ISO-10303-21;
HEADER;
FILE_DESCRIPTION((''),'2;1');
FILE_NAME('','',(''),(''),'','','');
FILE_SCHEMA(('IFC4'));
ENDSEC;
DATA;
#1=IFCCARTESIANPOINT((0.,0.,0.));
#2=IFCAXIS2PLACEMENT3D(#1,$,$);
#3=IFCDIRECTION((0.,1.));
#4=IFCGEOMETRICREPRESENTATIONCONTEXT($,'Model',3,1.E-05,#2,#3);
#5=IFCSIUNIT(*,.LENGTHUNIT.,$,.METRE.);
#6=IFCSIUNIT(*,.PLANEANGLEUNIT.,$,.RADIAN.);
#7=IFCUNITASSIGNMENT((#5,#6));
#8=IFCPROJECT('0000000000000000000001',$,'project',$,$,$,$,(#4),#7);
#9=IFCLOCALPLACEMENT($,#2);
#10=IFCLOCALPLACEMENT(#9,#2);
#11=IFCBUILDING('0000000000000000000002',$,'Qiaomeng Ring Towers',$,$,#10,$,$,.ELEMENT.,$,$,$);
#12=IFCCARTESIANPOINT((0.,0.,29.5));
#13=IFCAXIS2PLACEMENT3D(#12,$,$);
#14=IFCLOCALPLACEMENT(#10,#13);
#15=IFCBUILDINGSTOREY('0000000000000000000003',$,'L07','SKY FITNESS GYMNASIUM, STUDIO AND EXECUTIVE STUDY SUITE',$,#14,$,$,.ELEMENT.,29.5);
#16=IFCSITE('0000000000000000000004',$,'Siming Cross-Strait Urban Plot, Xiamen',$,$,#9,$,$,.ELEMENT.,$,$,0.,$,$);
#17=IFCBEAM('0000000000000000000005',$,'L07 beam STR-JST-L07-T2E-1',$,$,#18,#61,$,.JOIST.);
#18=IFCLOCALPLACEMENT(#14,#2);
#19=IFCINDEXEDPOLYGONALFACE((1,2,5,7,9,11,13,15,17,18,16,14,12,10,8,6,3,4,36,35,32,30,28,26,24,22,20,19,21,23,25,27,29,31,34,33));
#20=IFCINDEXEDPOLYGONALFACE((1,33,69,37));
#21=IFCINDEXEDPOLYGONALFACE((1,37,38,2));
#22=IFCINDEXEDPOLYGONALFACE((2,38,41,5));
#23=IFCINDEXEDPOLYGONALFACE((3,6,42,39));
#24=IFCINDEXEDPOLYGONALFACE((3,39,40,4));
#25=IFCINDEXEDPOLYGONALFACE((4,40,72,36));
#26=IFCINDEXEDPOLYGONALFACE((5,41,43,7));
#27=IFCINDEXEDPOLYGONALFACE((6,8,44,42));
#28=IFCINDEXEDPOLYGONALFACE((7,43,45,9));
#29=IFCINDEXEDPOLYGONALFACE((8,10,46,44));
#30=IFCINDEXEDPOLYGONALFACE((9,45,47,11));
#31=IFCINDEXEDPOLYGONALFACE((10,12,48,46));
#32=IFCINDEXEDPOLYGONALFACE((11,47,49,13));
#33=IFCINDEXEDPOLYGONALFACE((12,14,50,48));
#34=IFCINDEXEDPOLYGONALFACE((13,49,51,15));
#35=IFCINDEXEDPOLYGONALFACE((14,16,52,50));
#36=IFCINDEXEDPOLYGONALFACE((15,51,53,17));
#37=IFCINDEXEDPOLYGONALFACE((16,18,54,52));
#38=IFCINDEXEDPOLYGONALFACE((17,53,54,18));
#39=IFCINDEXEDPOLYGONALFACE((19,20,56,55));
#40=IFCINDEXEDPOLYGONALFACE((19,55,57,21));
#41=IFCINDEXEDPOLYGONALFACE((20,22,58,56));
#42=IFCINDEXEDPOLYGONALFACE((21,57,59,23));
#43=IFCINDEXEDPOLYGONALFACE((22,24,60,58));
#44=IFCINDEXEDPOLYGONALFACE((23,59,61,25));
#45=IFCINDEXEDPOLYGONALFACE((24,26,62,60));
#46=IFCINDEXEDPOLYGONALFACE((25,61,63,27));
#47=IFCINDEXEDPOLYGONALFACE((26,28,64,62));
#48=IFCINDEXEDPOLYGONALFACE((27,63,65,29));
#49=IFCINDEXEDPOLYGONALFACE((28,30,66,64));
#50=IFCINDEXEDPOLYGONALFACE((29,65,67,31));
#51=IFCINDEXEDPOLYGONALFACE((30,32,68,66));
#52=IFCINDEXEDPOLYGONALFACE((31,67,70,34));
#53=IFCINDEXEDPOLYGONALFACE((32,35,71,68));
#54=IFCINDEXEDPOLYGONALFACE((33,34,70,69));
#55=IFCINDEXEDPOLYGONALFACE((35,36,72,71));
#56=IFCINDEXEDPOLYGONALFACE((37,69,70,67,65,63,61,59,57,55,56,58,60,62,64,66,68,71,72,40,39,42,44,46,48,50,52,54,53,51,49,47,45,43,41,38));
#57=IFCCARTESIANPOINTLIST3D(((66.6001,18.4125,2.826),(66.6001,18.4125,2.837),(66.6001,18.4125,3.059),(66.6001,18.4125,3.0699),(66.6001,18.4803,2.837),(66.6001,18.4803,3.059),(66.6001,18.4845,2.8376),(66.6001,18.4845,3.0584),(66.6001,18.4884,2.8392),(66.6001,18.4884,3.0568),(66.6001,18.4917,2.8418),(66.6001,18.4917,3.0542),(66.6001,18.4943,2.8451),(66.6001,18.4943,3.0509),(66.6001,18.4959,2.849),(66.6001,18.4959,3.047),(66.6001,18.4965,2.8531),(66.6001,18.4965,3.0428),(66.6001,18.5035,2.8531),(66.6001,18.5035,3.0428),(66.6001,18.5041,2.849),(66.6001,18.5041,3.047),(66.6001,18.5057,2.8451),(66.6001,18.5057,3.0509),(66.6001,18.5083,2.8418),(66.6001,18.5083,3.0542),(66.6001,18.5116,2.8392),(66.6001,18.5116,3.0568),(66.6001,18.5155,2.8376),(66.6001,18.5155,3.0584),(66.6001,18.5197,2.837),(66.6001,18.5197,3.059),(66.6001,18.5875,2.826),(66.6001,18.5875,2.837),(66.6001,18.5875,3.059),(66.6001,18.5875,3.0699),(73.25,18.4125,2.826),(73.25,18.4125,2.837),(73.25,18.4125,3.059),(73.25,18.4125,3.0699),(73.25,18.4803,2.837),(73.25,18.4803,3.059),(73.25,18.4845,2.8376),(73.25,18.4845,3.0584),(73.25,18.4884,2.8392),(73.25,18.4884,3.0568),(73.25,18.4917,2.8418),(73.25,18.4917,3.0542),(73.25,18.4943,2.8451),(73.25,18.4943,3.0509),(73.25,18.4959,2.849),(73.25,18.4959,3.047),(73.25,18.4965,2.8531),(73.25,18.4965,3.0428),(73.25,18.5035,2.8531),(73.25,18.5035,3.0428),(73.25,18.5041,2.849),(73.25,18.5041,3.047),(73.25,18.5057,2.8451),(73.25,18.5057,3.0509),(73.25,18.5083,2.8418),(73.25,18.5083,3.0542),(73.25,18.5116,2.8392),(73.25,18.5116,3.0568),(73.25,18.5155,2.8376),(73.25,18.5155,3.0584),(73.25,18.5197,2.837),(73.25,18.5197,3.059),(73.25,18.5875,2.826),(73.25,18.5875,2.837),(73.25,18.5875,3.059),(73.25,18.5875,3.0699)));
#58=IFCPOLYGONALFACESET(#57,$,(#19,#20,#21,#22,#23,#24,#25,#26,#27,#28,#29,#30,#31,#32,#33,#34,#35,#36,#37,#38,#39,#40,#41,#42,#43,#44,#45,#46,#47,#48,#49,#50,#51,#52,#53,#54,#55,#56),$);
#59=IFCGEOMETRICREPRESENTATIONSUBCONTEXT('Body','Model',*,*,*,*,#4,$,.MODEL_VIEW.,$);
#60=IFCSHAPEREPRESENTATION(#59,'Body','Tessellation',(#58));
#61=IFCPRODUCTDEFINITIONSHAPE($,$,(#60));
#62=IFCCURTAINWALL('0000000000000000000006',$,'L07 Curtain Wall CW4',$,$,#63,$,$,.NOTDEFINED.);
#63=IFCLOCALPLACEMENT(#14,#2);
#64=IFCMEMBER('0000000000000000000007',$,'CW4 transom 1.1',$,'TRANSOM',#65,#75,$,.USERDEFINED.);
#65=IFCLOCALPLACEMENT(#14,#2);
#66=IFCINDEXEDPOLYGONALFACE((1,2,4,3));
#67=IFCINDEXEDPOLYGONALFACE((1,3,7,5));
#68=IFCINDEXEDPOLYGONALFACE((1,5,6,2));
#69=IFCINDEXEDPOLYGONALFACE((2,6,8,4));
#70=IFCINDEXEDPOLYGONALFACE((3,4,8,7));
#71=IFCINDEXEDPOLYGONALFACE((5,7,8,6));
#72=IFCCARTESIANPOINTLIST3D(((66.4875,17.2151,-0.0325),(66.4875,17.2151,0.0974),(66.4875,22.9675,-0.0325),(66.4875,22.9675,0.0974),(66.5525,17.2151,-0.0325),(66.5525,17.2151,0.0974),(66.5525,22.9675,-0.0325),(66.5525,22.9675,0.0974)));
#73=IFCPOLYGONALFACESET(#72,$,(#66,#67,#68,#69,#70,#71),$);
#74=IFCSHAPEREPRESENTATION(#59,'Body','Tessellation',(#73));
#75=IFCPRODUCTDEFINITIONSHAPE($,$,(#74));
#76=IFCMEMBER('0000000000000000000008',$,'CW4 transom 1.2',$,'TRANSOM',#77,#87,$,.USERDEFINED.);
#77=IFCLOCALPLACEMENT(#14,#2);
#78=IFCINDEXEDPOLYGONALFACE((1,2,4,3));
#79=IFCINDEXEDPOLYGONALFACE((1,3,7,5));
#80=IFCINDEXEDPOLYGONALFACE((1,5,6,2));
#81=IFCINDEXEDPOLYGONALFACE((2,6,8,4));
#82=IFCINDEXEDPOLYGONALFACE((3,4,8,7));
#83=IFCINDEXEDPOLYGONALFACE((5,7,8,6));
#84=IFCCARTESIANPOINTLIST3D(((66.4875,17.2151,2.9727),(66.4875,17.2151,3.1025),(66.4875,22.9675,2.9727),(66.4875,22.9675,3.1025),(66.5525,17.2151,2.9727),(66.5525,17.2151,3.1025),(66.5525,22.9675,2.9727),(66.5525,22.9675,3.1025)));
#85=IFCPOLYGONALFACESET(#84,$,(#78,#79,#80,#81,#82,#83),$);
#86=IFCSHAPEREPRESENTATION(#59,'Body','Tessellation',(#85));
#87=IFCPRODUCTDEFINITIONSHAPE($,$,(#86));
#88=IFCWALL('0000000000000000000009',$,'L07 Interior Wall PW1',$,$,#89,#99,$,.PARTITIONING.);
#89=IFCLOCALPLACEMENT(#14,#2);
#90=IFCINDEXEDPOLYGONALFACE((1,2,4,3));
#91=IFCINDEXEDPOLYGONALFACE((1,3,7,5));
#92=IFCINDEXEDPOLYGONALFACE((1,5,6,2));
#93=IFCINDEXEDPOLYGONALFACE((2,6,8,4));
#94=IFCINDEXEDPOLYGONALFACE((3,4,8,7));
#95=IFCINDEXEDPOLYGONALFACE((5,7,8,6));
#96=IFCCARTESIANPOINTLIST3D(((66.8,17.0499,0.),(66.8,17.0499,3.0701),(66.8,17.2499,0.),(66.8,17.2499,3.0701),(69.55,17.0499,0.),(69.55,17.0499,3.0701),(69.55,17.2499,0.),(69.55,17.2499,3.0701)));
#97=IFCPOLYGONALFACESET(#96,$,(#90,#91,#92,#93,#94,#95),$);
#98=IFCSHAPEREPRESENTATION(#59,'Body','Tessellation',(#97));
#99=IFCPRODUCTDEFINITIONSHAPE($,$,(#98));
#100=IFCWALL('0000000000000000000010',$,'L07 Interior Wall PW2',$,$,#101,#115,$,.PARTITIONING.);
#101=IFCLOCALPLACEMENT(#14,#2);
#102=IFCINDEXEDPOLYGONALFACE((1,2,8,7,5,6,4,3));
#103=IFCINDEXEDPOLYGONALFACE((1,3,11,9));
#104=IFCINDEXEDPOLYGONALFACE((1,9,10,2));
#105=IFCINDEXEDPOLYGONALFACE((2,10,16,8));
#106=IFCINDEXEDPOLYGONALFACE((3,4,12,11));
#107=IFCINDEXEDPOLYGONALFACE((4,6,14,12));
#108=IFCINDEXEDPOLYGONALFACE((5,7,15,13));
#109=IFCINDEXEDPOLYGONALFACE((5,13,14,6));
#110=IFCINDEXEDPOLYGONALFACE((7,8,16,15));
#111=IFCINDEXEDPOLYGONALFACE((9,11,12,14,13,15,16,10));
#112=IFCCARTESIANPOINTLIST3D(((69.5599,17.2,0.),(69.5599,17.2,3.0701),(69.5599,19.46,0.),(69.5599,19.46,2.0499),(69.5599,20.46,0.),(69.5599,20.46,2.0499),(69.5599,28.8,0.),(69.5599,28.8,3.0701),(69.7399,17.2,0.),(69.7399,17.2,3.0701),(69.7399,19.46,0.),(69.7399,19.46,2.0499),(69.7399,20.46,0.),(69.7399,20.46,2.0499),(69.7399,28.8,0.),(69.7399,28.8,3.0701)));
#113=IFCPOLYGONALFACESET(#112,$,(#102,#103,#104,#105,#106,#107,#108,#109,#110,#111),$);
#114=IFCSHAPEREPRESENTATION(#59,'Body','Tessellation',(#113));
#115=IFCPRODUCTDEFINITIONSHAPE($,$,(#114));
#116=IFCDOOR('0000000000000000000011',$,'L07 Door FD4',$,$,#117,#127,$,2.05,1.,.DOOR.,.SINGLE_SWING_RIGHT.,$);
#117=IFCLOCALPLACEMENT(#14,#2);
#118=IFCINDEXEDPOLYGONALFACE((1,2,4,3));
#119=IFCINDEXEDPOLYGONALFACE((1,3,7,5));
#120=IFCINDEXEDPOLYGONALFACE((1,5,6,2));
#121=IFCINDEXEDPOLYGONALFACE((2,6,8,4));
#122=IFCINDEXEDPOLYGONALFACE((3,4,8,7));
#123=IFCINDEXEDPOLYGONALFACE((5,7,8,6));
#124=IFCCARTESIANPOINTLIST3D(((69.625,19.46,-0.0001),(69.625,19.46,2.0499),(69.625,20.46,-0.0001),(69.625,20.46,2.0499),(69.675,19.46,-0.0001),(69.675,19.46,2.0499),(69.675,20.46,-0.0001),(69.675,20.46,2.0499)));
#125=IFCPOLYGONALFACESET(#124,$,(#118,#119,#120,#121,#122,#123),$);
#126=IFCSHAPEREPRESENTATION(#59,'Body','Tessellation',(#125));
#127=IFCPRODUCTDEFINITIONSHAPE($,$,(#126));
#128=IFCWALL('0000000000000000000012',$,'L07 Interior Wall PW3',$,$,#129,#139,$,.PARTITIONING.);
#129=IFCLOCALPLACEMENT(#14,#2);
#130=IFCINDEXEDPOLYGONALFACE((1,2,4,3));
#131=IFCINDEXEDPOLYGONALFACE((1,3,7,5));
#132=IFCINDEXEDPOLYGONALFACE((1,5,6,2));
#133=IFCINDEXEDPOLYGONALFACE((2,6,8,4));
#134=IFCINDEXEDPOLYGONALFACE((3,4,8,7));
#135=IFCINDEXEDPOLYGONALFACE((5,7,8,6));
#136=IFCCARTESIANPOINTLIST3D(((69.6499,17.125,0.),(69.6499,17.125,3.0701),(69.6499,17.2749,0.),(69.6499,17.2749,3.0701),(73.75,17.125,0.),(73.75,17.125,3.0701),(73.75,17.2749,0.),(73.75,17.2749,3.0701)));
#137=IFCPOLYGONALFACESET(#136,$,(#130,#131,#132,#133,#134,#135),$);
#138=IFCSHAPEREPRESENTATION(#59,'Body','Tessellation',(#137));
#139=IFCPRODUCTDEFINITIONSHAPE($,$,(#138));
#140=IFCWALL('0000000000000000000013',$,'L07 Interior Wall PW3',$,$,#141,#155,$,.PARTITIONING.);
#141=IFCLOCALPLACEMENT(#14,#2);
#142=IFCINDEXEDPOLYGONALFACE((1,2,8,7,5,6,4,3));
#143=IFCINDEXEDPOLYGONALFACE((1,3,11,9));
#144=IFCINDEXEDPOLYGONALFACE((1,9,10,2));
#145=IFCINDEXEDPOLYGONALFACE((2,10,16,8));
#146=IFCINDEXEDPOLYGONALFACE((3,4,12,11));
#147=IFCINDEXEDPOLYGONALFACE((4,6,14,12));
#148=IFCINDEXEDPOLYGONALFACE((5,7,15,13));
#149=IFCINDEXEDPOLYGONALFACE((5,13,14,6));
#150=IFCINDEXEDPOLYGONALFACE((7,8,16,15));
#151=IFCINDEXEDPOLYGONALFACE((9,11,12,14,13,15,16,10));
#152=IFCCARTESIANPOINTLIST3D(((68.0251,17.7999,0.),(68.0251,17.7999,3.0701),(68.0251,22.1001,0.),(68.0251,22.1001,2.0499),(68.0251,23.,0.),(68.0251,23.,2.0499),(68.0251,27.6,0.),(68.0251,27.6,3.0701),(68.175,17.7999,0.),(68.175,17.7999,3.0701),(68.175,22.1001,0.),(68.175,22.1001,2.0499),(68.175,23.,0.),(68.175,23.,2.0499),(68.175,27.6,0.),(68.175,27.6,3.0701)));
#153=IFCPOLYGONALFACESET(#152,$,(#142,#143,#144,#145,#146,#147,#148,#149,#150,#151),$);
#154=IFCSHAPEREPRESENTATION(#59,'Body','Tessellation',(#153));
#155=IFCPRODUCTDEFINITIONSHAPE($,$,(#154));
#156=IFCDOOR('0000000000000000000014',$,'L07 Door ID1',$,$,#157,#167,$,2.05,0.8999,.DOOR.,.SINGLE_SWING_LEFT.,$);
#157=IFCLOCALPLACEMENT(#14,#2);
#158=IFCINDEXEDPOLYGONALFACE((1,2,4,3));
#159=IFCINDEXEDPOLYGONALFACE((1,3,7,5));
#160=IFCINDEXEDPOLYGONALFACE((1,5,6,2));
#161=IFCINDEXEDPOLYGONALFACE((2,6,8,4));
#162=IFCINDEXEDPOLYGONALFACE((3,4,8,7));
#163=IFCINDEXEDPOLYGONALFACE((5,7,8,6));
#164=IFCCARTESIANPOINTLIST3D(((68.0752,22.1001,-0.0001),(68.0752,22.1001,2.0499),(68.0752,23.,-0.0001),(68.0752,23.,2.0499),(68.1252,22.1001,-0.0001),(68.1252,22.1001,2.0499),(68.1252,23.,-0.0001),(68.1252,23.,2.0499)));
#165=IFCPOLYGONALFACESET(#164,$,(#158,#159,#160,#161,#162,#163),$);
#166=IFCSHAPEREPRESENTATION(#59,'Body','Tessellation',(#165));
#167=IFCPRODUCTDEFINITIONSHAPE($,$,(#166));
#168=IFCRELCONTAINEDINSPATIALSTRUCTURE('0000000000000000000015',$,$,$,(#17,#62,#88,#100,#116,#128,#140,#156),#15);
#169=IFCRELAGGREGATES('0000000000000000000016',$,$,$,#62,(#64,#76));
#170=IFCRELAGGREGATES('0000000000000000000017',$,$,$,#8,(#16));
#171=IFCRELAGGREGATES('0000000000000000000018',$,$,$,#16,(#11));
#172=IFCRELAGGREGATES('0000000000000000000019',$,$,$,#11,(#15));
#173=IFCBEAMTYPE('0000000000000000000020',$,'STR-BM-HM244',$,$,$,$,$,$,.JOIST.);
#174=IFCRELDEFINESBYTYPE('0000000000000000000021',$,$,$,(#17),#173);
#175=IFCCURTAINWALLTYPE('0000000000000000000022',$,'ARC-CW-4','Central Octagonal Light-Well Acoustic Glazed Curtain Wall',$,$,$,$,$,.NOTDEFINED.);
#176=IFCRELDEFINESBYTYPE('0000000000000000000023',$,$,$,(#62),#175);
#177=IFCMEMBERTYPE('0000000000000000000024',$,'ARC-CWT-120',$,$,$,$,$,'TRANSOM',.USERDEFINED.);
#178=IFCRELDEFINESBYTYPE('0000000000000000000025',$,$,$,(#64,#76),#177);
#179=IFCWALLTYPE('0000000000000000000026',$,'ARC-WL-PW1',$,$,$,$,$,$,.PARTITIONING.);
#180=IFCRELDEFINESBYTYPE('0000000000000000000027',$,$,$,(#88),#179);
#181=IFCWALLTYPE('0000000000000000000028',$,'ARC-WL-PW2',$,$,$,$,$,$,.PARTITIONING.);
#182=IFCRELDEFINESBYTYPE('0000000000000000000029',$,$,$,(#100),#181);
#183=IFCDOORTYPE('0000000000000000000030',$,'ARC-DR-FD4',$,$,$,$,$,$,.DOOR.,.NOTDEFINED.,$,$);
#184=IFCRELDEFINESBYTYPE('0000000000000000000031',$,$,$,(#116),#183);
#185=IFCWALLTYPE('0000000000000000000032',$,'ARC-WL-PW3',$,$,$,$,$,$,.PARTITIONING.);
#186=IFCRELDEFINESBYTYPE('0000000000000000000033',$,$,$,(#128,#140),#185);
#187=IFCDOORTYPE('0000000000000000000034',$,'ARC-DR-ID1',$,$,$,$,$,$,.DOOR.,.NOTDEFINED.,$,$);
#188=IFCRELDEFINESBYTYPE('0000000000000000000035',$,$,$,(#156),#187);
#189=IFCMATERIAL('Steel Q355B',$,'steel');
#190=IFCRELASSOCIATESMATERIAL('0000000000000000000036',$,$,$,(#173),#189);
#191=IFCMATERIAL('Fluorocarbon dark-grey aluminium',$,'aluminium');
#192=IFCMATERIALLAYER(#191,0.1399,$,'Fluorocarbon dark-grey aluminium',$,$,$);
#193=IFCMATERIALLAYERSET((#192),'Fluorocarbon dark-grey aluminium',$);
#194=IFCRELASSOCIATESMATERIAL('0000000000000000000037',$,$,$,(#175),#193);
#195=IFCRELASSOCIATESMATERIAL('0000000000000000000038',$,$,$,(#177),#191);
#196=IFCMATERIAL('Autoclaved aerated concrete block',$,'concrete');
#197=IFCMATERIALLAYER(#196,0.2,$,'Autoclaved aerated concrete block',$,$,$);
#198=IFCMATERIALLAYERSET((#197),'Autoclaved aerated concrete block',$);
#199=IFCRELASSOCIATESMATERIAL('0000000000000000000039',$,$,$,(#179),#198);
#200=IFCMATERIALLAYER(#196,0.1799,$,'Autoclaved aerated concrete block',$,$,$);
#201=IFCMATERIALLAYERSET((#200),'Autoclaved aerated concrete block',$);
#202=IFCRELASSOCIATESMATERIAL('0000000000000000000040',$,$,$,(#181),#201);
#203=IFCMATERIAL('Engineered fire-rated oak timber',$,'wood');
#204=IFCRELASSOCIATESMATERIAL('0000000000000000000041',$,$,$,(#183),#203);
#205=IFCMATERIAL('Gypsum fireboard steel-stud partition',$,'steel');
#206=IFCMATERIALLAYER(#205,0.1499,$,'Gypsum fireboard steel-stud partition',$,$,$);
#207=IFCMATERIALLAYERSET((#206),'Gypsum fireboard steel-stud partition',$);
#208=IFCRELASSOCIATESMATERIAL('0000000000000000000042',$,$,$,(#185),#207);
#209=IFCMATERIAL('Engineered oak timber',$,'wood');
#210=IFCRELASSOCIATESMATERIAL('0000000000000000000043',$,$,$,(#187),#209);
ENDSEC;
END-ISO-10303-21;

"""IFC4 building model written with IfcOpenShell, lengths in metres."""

from ifc_helpers import new_model, si_unit, direction, frame, frame_2d, origin, origin_2d, place, context, subcontext, project, spatial, rectangle, i_section, extrude, source, transform, mapped, material, layer, layer_set, material_profile, profile_set, type_object, element, fill, aggregate, save


model = new_model("IFC4")

# Units and contexts
model_context = context("Model", 3, precision=1e-05, world=origin(), true_north=direction((0.0, 1.0)))
body_context = subcontext(model_context, "Body", "Model", "MODEL_VIEW")
ifc_project = project(units=[si_unit("LENGTHUNIT", "METRE"), si_unit("PLANEANGLEUNIT", "RADIAN")], contexts=[model_context])

# Site, building, storey
site_placement = place(None, origin())
site = spatial("IfcSite", under=ifc_project, at=site_placement, Name="Siming Cross-Strait Urban Plot, Xiamen", CompositionType="ELEMENT", RefElevation=0.0)
building_placement = place(site_placement, origin())
building = spatial("IfcBuilding", under=site, at=building_placement, Name="Qiaomeng Ring Towers", CompositionType="ELEMENT")
storey_placement = place(building_placement, frame((0.0, 0.0, 29.5)))
storey = spatial("IfcBuildingStorey", under=building, at=storey_placement, Name="L07", Description="SKY FITNESS GYMNASIUM, STUDIO AND EXECUTIVE STUDY SUITE", CompositionType="ELEMENT", Elevation=29.5)

# Beam
ifc_material_1 = material(Name="Steel Q355B", Category="steel")
ifc_material_profile_1 = material_profile(ifc_material_1, i_section(OverallWidth=0.175, OverallDepth=0.2439, WebThickness=0.0071, FlangeThickness=0.011, FilletRadius=0.0161, at=origin_2d()), Name="HM 244x175x7x11")
ifc_profile_set_1 = profile_set([ifc_material_profile_1], Name="Steel Q355B")
beam_type_1 = type_object("IfcBeamType", Name="STR-BM-HM244", PredefinedType="JOIST", material=ifc_profile_set_1)
shared_shape_1 = source(origin(), body_context, "Body", "SweptSolid", [
    extrude(i_section(OverallWidth=0.175, OverallDepth=0.2439, WebThickness=0.0071, FlangeThickness=0.011, FilletRadius=0.0161, at=origin_2d()), origin(), (0.0, 0.0, 1.0), 6.6499),
])
beam_1_placement = place(storey_placement, frame((66.6001, 18.5, 2.948), z_axis=(1.0, 0.0, 0.0), x_axis=(0.0, 1.0, 0.0)))
element("IfcBeam", 1, at=beam_1_placement, inside=storey, type_object=beam_type_1, Name="L07 beam STR-JST-L07-T2E-1", PredefinedType="JOIST", context=body_context, shape_type="MappedRepresentation", body=[
    mapped(shared_shape_1, transform((0.0, 0.0, 0.0), x_axis=(1.0, 0.0, 0.0), y_axis=(0.0, 1.0, 0.0), z_axis=(0.0, 0.0, 1.0), scale=1.0)),
])

# Curtain wall, members
ifc_material_2 = material(Name="Fluorocarbon dark-grey aluminium", Category="aluminium")
ifc_layer_1 = layer(ifc_material_2, 0.1399, Name="Fluorocarbon dark-grey aluminium")
ifc_layer_set_1 = layer_set([ifc_layer_1], Name="Fluorocarbon dark-grey aluminium")
curtain_wall_type = type_object("IfcCurtainWallType", Name="ARC-CW-4", Description="Central Octagonal Light-Well Acoustic Glazed Curtain Wall", PredefinedType="NOTDEFINED", material=ifc_layer_set_1)
curtain_wall_placement = place(storey_placement, origin())
curtain_wall = element("IfcCurtainWall", 2, at=curtain_wall_placement, inside=storey, type_object=curtain_wall_type, Name="L07 Curtain Wall CW4", PredefinedType="NOTDEFINED")
ifc_material_profile_2 = material_profile(ifc_material_2, rectangle(XDim=0.0649, YDim=0.1299, at=origin_2d()), Name="ALU TRAN 65x130")
ifc_profile_set_2 = profile_set([ifc_material_profile_2], Name="Fluorocarbon dark-grey aluminium")
member_type = type_object("IfcMemberType", Name="ARC-CWT-120", ElementType="TRANSOM", PredefinedType="USERDEFINED", material=ifc_profile_set_2)
shared_shape_2 = source(origin(), body_context, "Body", "SweptSolid", [
    extrude(rectangle(XDim=0.0649, YDim=0.1299, at=origin_2d()), origin(), (0.0, 0.0, 1.0), 5.7524),
])
member_1_placement = place(storey_placement, frame((66.52, 17.2151, 0.0325), z_axis=(0.0, 1.0, 0.0), x_axis=(-1.0, 0.0, 0.0)))
member_1 = element("IfcMember", 3, at=member_1_placement, type_object=member_type, Name="CW4 transom 1.1", ObjectType="TRANSOM", PredefinedType="USERDEFINED", context=body_context, shape_type="MappedRepresentation", body=[
    mapped(shared_shape_2, transform((0.0, 0.0, 0.0), x_axis=(1.0, 0.0, 0.0), y_axis=(0.0, 1.0, 0.0), z_axis=(0.0, 0.0, 1.0), scale=1.0)),
])
member_2_placement = place(storey_placement, frame((66.52, 17.2151, 3.0376), z_axis=(0.0, 1.0, 0.0), x_axis=(-1.0, 0.0, 0.0)))
member_2 = element("IfcMember", 4, at=member_2_placement, type_object=member_type, Name="CW4 transom 1.2", ObjectType="TRANSOM", PredefinedType="USERDEFINED", context=body_context, shape_type="MappedRepresentation", body=[
    mapped(shared_shape_2, transform((0.0, 0.0, 0.0), x_axis=(1.0, 0.0, 0.0), y_axis=(0.0, 1.0, 0.0), z_axis=(0.0, 0.0, 1.0), scale=1.0)),
])
aggregate(curtain_wall, [member_1, member_2])

# Wall
ifc_material_3 = material(Name="Autoclaved aerated concrete block", Category="concrete")
ifc_layer_2 = layer(ifc_material_3, 0.2, Name="Autoclaved aerated concrete block")
ifc_layer_set_2 = layer_set([ifc_layer_2], Name="Autoclaved aerated concrete block")
wall_type_1 = type_object("IfcWallType", Name="ARC-WL-PW1", PredefinedType="PARTITIONING", material=ifc_layer_set_2)
wall_1_placement = place(storey_placement, frame((66.8, 17.1499, 0.0), z_axis=(0.0, 0.0, 1.0), x_axis=(1.0, 0.0, 0.0)))
element("IfcWall", 5, at=wall_1_placement, inside=storey, type_object=wall_type_1, Name="L07 Interior Wall PW1", PredefinedType="PARTITIONING", context=body_context, shape_type="SweptSolid", body=[
    extrude(rectangle(XDim=2.75, YDim=0.2, at=frame_2d((1.375, 0.0))), origin(), (0.0, 0.0, 1.0), 3.0701),
])

# Wall, opening, door
ifc_layer_3 = layer(ifc_material_3, 0.1799, Name="Autoclaved aerated concrete block")
ifc_layer_set_3 = layer_set([ifc_layer_3], Name="Autoclaved aerated concrete block")
wall_type_2 = type_object("IfcWallType", Name="ARC-WL-PW2", PredefinedType="PARTITIONING", material=ifc_layer_set_3)
wall_2_placement = place(storey_placement, frame((69.6499, 17.2, 0.0), z_axis=(0.0, 0.0, 1.0), x_axis=(0.0, 1.0, 0.0)))
wall_2 = element("IfcWall", 6, at=wall_2_placement, inside=storey, type_object=wall_type_2, Name="L07 Interior Wall PW2", PredefinedType="PARTITIONING", context=body_context, shape_type="SweptSolid", body=[
    extrude(rectangle(XDim=11.6001, YDim=0.1799, at=frame_2d((5.8, 0.0))), origin(), (0.0, 0.0, 1.0), 3.0701),
])
opening_1_placement = place(wall_2_placement, frame((2.26, 0.0, 0.0)))
opening_1 = element("IfcOpeningElement", 7, at=opening_1_placement, cuts=wall_2, PredefinedType="OPENING", context=body_context, shape_type="SweptSolid", body=[
    extrude(rectangle(XDim=1.0, YDim=2.05, at=frame_2d((0.5, 1.0249))), frame((0.0, 0.0999, 0.0), z_axis=(0.0, -1.0, 0.0), x_axis=(1.0, 0.0, 0.0)), (0.0, 0.0, 1.0), 0.2),
])
ifc_material_4 = material(Name="Engineered fire-rated oak timber", Category="wood")
door_type_1 = type_object("IfcDoorType", Name="ARC-DR-FD4", OperationType="NOTDEFINED", PredefinedType="DOOR", material=ifc_material_4)
shared_shape_3 = source(origin(), body_context, "Body", "SweptSolid", [
    extrude(rectangle(XDim=1.0, YDim=2.05, at=frame_2d((0.5, 1.0249))), frame((0.0, 0.0249, 0.0), z_axis=(0.0, -1.0, 0.0), x_axis=(1.0, 0.0, 0.0)), (0.0, 0.0, 1.0), 0.05),
])
door_1_placement = place(opening_1_placement, origin())
door_1 = element("IfcDoor", 8, at=door_1_placement, inside=storey, type_object=door_type_1, Name="L07 Door FD4", OperationType="SINGLE_SWING_RIGHT", OverallHeight=2.05, OverallWidth=1.0, PredefinedType="DOOR", context=body_context, shape_type="MappedRepresentation", body=[
    mapped(shared_shape_3, transform((0.0, 0.0, 0.0), x_axis=(1.0, 0.0, 0.0), y_axis=(0.0, 1.0, 0.0), z_axis=(0.0, 0.0, 1.0), scale=1.0)),
])
fill(opening_1, door_1)

# Wall
ifc_material_5 = material(Name="Gypsum fireboard steel-stud partition", Category="steel")
ifc_layer_4 = layer(ifc_material_5, 0.1499, Name="Gypsum fireboard steel-stud partition")
ifc_layer_set_4 = layer_set([ifc_layer_4], Name="Gypsum fireboard steel-stud partition")
wall_type_3 = type_object("IfcWallType", Name="ARC-WL-PW3", PredefinedType="PARTITIONING", material=ifc_layer_set_4)
wall_3_placement = place(storey_placement, frame((69.6499, 17.2, 0.0), z_axis=(0.0, 0.0, 1.0), x_axis=(1.0, 0.0, 0.0)))
element("IfcWall", 9, at=wall_3_placement, inside=storey, type_object=wall_type_3, Name="L07 Interior Wall PW3", PredefinedType="PARTITIONING", context=body_context, shape_type="SweptSolid", body=[
    extrude(rectangle(XDim=4.1001, YDim=0.1499, at=frame_2d((2.05, 0.0))), origin(), (0.0, 0.0, 1.0), 3.0701),
])

# Wall, opening, door
wall_4_placement = place(storey_placement, frame((68.1001, 17.8, 0.0), z_axis=(0.0, 0.0, 1.0), x_axis=(0.0, 1.0, 0.0)))
wall_4 = element("IfcWall", 10, at=wall_4_placement, inside=storey, type_object=wall_type_3, Name="L07 Interior Wall PW3", PredefinedType="PARTITIONING", context=body_context, shape_type="SweptSolid", body=[
    extrude(rectangle(XDim=9.8, YDim=0.1499, at=frame_2d((4.8999, 0.0))), origin(), (0.0, 0.0, 1.0), 3.0701),
])
opening_2_placement = place(wall_4_placement, frame((4.3, 0.0, 0.0)))
opening_2 = element("IfcOpeningElement", 11, at=opening_2_placement, cuts=wall_4, PredefinedType="OPENING", context=body_context, shape_type="SweptSolid", body=[
    extrude(rectangle(XDim=0.8999, YDim=2.05, at=frame_2d((0.45, 1.0249))), frame((0.0, 0.085, 0.0), z_axis=(0.0, -1.0, 0.0), x_axis=(1.0, 0.0, 0.0)), (0.0, 0.0, 1.0), 0.1699),
])
ifc_material_6 = material(Name="Engineered oak timber", Category="wood")
door_type_2 = type_object("IfcDoorType", Name="ARC-DR-ID1", OperationType="NOTDEFINED", PredefinedType="DOOR", material=ifc_material_6)
shared_shape_4 = source(origin(), body_context, "Body", "SweptSolid", [
    extrude(rectangle(XDim=0.8999, YDim=2.05, at=frame_2d((0.45, 1.0249))), frame((0.0, 0.0249, 0.0), z_axis=(0.0, -1.0, 0.0), x_axis=(1.0, 0.0, 0.0)), (0.0, 0.0, 1.0), 0.05),
])
door_2_placement = place(opening_2_placement, origin())
door_2 = element("IfcDoor", 12, at=door_2_placement, inside=storey, type_object=door_type_2, Name="L07 Door ID1", OperationType="SINGLE_SWING_LEFT", OverallHeight=2.05, OverallWidth=0.8999, PredefinedType="DOOR", context=body_context, shape_type="MappedRepresentation", body=[
    mapped(shared_shape_4, transform((0.0, 0.0, 0.0), x_axis=(1.0, 0.0, 0.0), y_axis=(0.0, 1.0, 0.0), z_axis=(0.0, 0.0, 1.0), scale=1.0)),
])
fill(opening_2, door_2)

save(model, "model.ifc")
